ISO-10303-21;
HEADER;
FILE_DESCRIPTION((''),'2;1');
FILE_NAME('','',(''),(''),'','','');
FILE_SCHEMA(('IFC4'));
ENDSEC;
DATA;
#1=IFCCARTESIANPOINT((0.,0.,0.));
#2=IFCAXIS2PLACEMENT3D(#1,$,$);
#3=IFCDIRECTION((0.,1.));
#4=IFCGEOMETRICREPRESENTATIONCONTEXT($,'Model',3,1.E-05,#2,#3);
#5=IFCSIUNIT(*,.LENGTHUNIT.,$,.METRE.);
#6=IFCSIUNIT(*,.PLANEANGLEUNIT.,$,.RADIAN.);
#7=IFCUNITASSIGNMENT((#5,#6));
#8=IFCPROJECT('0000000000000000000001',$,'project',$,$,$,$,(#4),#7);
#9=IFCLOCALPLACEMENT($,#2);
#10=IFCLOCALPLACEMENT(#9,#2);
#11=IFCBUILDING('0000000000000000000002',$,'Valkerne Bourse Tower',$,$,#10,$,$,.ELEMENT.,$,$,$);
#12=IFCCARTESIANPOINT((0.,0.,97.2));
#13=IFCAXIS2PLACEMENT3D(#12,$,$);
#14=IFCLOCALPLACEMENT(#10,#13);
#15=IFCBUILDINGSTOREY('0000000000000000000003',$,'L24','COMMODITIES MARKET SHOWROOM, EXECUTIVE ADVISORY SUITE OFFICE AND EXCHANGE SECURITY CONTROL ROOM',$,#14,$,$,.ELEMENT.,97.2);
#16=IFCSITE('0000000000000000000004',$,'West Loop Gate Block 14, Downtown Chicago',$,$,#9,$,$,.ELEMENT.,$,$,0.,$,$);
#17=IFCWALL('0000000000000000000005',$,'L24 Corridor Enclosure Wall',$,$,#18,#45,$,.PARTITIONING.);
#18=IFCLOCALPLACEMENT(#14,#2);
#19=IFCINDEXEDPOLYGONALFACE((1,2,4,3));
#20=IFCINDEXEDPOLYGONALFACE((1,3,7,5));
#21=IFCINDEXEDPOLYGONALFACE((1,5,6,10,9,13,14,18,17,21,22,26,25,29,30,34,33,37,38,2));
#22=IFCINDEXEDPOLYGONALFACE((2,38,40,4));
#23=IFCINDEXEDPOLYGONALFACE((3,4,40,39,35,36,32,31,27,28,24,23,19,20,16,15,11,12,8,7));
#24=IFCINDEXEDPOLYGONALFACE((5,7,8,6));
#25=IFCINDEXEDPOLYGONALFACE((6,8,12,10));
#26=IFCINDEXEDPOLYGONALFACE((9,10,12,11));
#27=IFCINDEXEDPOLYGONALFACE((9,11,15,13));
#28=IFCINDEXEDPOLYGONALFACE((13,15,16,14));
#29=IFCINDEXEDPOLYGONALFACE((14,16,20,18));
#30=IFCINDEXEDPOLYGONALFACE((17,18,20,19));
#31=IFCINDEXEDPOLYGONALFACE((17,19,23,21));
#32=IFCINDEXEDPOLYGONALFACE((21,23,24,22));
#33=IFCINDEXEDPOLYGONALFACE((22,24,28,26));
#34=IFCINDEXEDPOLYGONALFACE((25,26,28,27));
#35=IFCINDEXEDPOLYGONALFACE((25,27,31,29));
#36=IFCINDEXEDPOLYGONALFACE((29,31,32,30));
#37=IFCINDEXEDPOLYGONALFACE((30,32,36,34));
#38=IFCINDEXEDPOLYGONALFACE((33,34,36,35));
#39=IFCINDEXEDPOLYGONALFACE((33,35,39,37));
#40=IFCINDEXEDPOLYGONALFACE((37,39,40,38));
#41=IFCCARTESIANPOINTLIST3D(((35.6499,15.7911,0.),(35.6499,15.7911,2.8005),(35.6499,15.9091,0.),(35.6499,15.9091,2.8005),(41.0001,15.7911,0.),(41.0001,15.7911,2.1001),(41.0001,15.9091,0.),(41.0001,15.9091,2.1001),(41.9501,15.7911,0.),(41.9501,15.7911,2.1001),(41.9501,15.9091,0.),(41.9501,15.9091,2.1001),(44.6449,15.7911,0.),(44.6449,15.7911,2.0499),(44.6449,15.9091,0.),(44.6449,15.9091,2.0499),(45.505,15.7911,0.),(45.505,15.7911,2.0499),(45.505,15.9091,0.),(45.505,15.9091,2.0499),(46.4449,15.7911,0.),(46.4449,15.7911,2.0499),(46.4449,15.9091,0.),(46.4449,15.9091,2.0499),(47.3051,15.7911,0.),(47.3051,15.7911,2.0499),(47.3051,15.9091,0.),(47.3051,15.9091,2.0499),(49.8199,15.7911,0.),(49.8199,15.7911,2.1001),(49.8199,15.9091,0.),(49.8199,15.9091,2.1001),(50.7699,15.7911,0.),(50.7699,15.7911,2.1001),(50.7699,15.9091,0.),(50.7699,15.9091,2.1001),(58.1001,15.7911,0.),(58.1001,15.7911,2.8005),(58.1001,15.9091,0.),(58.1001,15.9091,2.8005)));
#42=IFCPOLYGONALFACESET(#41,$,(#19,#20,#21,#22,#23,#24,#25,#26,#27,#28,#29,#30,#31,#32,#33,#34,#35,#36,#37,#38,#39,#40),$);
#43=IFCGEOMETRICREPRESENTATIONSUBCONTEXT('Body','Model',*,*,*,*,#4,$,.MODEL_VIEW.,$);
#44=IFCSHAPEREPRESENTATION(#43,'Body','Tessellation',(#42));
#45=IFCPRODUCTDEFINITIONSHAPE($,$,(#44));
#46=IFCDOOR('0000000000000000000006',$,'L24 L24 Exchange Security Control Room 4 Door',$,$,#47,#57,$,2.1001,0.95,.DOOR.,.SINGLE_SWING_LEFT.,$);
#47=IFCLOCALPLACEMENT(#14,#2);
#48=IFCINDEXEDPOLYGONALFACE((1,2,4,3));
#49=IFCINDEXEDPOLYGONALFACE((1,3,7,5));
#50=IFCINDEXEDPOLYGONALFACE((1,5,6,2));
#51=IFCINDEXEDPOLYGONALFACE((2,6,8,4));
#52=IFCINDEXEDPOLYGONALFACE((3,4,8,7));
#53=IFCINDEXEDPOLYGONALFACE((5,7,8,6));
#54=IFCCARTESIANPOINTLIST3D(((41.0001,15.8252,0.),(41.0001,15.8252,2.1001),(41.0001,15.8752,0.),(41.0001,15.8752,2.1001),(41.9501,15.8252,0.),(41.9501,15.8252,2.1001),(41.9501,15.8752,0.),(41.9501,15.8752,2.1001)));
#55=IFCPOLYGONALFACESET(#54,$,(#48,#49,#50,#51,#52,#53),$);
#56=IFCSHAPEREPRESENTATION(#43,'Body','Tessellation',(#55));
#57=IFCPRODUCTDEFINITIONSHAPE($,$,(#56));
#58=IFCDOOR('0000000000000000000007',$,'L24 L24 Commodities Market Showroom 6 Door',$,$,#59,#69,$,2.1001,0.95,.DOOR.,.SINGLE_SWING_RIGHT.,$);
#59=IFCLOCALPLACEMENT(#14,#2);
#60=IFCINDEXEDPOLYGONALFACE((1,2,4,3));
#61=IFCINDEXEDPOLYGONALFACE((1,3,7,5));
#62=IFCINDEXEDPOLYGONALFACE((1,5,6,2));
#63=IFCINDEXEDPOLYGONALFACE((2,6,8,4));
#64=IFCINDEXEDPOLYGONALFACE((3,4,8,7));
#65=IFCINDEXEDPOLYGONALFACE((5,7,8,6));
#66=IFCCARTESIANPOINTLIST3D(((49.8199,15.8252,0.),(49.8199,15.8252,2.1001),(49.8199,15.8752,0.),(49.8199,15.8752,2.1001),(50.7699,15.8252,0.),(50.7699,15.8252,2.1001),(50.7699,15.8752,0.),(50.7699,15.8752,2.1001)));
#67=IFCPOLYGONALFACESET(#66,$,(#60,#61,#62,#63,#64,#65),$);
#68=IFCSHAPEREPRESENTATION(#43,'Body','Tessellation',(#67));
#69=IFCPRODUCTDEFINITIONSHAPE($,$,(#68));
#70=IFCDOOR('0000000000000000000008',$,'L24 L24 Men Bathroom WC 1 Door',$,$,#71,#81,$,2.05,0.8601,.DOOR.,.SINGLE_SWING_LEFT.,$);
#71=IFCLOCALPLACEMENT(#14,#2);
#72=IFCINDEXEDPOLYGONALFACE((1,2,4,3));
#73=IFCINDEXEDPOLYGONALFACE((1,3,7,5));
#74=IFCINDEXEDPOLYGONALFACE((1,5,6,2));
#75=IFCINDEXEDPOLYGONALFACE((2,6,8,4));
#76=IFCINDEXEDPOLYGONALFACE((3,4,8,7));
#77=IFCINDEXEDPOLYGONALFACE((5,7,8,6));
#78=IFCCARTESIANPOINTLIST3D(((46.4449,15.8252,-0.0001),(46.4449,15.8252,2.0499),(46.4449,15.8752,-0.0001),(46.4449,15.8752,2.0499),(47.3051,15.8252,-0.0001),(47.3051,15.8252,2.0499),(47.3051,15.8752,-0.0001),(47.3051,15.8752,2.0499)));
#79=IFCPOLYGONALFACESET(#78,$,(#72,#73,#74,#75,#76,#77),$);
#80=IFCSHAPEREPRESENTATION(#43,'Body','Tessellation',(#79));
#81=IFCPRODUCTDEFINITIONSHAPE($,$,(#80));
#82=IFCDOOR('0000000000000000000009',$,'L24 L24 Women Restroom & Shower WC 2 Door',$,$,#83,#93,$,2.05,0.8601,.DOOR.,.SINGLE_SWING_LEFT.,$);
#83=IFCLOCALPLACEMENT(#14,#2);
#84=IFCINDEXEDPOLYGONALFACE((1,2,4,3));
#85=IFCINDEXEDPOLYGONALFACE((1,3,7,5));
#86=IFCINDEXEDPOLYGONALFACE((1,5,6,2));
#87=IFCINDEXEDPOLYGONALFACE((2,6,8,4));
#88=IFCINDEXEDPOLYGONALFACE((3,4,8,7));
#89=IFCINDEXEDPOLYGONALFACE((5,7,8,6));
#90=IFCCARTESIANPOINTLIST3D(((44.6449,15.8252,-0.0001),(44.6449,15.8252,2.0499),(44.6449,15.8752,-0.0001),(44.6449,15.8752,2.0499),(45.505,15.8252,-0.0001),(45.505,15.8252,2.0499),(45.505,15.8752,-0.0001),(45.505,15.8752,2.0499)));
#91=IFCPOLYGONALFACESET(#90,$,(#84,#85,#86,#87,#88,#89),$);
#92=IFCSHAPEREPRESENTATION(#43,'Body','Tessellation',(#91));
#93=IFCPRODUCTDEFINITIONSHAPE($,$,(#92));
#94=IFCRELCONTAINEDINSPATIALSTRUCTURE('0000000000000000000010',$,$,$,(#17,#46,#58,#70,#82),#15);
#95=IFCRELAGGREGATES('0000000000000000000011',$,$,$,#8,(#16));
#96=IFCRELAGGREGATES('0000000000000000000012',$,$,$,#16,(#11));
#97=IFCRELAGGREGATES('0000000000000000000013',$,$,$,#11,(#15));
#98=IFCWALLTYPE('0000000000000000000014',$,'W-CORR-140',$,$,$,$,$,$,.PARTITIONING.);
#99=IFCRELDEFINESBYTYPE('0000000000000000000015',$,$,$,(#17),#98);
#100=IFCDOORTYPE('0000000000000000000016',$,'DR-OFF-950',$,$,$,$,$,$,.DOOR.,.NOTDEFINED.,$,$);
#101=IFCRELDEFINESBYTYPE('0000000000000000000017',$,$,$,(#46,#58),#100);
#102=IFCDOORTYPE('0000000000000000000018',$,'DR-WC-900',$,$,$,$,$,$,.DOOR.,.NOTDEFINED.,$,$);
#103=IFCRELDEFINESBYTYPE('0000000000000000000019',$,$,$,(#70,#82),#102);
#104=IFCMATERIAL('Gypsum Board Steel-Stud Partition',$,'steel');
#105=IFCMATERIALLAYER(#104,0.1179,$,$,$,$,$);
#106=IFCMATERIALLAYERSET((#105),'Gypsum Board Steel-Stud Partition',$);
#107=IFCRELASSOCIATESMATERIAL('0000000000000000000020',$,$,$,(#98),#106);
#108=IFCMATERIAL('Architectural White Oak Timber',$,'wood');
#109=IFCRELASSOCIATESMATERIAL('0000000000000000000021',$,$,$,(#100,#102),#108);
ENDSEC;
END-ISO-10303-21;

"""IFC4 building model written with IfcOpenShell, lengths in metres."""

from ifc_helpers import new_model, si_unit, direction, frame, frame_2d, origin, place, context, subcontext, project, spatial, rectangle, extrude, material, layer, layer_set, type_object, element, fill, save


model = new_model("IFC4")

# Units and contexts
model_context = context("Model", 3, precision=1e-05, world=origin(), true_north=direction((0.0, 1.0)))
body_context = subcontext(model_context, "Body", "Model", "MODEL_VIEW")
ifc_project = project(units=[si_unit("LENGTHUNIT", "METRE"), si_unit("PLANEANGLEUNIT", "RADIAN")], contexts=[model_context])

# Site, building, storey
site_placement = place(None, origin())
site = spatial("IfcSite", under=ifc_project, at=site_placement, Name="West Loop Gate Block 14, Downtown Chicago", CompositionType="ELEMENT", RefElevation=0.0)
building_placement = place(site_placement, origin())
building = spatial("IfcBuilding", under=site, at=building_placement, Name="Valkerne Bourse Tower", CompositionType="ELEMENT")
storey_placement = place(building_placement, frame((0.0, 0.0, 97.2)))
storey = spatial("IfcBuildingStorey", under=building, at=storey_placement, Name="L24", Description="COMMODITIES MARKET SHOWROOM, EXECUTIVE ADVISORY SUITE OFFICE AND EXCHANGE SECURITY CONTROL ROOM", CompositionType="ELEMENT", Elevation=97.2)

# Wall, openings, doors
ifc_material_1 = material(Name="Gypsum Board Steel-Stud Partition", Category="steel")
ifc_layer_1 = layer(ifc_material_1, 0.1179)
ifc_layer_set_1 = layer_set([ifc_layer_1], Name="Gypsum Board Steel-Stud Partition")
wall_type = type_object("IfcWallType", Name="W-CORR-140", PredefinedType="PARTITIONING", material=ifc_layer_set_1)
wall_placement = place(storey_placement, frame((58.1001, 15.8501, 0.0), z_axis=(0.0, 0.0, 1.0), x_axis=(-1.0, 0.0, 0.0)))
wall = element("IfcWall", 1, at=wall_placement, inside=storey, type_object=wall_type, Name="L24 Corridor Enclosure Wall", PredefinedType="PARTITIONING", context=body_context, shape_type="SweptSolid", body=[
    extrude(rectangle(XDim=22.4502, YDim=0.1179, at=frame_2d((11.2251, 0.0))), origin(), (0.0, 0.0, 1.0), 2.8005),
])
opening_1_placement = place(wall_placement, frame((10.7949, 0.0, 0.0)))
opening_1 = element("IfcOpeningElement", 2, at=opening_1_placement, cuts=wall, PredefinedType="OPENING", context=body_context, shape_type="SweptSolid", body=[
    extrude(rectangle(XDim=0.8601, YDim=2.05, at=frame_2d((0.4302, 1.0249))), frame((0.0, 0.0688, 0.0), z_axis=(0.0, -1.0, 0.0), x_axis=(1.0, 0.0, 0.0)), (0.0, 0.0, 1.0), 0.1379),
])
opening_2_placement = place(wall_placement, frame((12.595, 0.0, 0.0)))
opening_2 = element("IfcOpeningElement", 3, at=opening_2_placement, cuts=wall, PredefinedType="OPENING", context=body_context, shape_type="SweptSolid", body=[
    extrude(rectangle(XDim=0.8601, YDim=2.05, at=frame_2d((0.4302, 1.0249))), frame((0.0, 0.0688, 0.0), z_axis=(0.0, -1.0, 0.0), x_axis=(1.0, 0.0, 0.0)), (0.0, 0.0, 1.0), 0.1379),
])
opening_3_placement = place(wall_placement, frame((16.1499, 0.0, 0.0)))
opening_3 = element("IfcOpeningElement", 4, at=opening_3_placement, cuts=wall, PredefinedType="OPENING", context=body_context, shape_type="SweptSolid", body=[
    extrude(rectangle(XDim=0.95, YDim=2.1001, at=frame_2d((0.4751, 1.05))), frame((0.0, 0.0688, 0.0), z_axis=(0.0, -1.0, 0.0), x_axis=(1.0, 0.0, 0.0)), (0.0, 0.0, 1.0), 0.1379),
])
opening_4_placement = place(wall_placement, frame((7.3301, 0.0, 0.0)))
opening_4 = element("IfcOpeningElement", 5, at=opening_4_placement, cuts=wall, PredefinedType="OPENING", context=body_context, shape_type="SweptSolid", body=[
    extrude(rectangle(XDim=0.95, YDim=2.1001, at=frame_2d((0.4751, 1.05))), frame((0.0, 0.0688, 0.0), z_axis=(0.0, -1.0, 0.0), x_axis=(1.0, 0.0, 0.0)), (0.0, 0.0, 1.0), 0.1379),
])
ifc_material_2 = material(Name="Architectural White Oak Timber", Category="wood")
door_type_1 = type_object("IfcDoorType", Name="DR-OFF-950", OperationType="NOTDEFINED", PredefinedType="DOOR", material=ifc_material_2)
door_1_placement = place(opening_3_placement, origin())
door_1 = element("IfcDoor", 6, at=door_1_placement, inside=storey, type_object=door_type_1, Name="L24 L24 Exchange Security Control Room 4 Door", OperationType="SINGLE_SWING_LEFT", OverallHeight=2.1001, OverallWidth=0.95, PredefinedType="DOOR", context=body_context, shape_type="SweptSolid", body=[
    extrude(rectangle(XDim=0.95, YDim=2.1001, at=frame_2d((0.4751, 1.05))), frame((0.0, 0.0249, 0.0), z_axis=(0.0, -1.0, 0.0), x_axis=(1.0, 0.0, 0.0)), (0.0, 0.0, 1.0), 0.05),
])
fill(opening_3, door_1)
door_2_placement = place(opening_4_placement, origin())
door_2 = element("IfcDoor", 7, at=door_2_placement, inside=storey, type_object=door_type_1, Name="L24 L24 Commodities Market Showroom 6 Door", OperationType="SINGLE_SWING_RIGHT", OverallHeight=2.1001, OverallWidth=0.95, PredefinedType="DOOR", context=body_context, shape_type="SweptSolid", body=[
    extrude(rectangle(XDim=0.95, YDim=2.1001, at=frame_2d((0.4751, 1.05))), frame((0.0, 0.0249, 0.0), z_axis=(0.0, -1.0, 0.0), x_axis=(1.0, 0.0, 0.0)), (0.0, 0.0, 1.0), 0.05),
])
fill(opening_4, door_2)
door_type_2 = type_object("IfcDoorType", Name="DR-WC-900", OperationType="NOTDEFINED", PredefinedType="DOOR", material=ifc_material_2)
door_3_placement = place(opening_1_placement, origin())
door_3 = element("IfcDoor", 8, at=door_3_placement, inside=storey, type_object=door_type_2, Name="L24 L24 Men Bathroom WC 1 Door", OperationType="SINGLE_SWING_LEFT", OverallHeight=2.05, OverallWidth=0.8601, PredefinedType="DOOR", context=body_context, shape_type="SweptSolid", body=[
    extrude(rectangle(XDim=0.8601, YDim=2.05, at=frame_2d((0.4302, 1.0249))), frame((0.0, 0.0249, 0.0), z_axis=(0.0, -1.0, 0.0), x_axis=(1.0, 0.0, 0.0)), (0.0, 0.0, 1.0), 0.05),
])
fill(opening_1, door_3)
door_4_placement = place(opening_2_placement, origin())
door_4 = element("IfcDoor", 9, at=door_4_placement, inside=storey, type_object=door_type_2, Name="L24 L24 Women Restroom & Shower WC 2 Door", OperationType="SINGLE_SWING_LEFT", OverallHeight=2.05, OverallWidth=0.8601, PredefinedType="DOOR", context=body_context, shape_type="SweptSolid", body=[
    extrude(rectangle(XDim=0.8601, YDim=2.05, at=frame_2d((0.4302, 1.0249))), frame((0.0, 0.0249, 0.0), z_axis=(0.0, -1.0, 0.0), x_axis=(1.0, 0.0, 0.0)), (0.0, 0.0, 1.0), 0.05),
])
fill(opening_2, door_4)

save(model, "model.ifc")
